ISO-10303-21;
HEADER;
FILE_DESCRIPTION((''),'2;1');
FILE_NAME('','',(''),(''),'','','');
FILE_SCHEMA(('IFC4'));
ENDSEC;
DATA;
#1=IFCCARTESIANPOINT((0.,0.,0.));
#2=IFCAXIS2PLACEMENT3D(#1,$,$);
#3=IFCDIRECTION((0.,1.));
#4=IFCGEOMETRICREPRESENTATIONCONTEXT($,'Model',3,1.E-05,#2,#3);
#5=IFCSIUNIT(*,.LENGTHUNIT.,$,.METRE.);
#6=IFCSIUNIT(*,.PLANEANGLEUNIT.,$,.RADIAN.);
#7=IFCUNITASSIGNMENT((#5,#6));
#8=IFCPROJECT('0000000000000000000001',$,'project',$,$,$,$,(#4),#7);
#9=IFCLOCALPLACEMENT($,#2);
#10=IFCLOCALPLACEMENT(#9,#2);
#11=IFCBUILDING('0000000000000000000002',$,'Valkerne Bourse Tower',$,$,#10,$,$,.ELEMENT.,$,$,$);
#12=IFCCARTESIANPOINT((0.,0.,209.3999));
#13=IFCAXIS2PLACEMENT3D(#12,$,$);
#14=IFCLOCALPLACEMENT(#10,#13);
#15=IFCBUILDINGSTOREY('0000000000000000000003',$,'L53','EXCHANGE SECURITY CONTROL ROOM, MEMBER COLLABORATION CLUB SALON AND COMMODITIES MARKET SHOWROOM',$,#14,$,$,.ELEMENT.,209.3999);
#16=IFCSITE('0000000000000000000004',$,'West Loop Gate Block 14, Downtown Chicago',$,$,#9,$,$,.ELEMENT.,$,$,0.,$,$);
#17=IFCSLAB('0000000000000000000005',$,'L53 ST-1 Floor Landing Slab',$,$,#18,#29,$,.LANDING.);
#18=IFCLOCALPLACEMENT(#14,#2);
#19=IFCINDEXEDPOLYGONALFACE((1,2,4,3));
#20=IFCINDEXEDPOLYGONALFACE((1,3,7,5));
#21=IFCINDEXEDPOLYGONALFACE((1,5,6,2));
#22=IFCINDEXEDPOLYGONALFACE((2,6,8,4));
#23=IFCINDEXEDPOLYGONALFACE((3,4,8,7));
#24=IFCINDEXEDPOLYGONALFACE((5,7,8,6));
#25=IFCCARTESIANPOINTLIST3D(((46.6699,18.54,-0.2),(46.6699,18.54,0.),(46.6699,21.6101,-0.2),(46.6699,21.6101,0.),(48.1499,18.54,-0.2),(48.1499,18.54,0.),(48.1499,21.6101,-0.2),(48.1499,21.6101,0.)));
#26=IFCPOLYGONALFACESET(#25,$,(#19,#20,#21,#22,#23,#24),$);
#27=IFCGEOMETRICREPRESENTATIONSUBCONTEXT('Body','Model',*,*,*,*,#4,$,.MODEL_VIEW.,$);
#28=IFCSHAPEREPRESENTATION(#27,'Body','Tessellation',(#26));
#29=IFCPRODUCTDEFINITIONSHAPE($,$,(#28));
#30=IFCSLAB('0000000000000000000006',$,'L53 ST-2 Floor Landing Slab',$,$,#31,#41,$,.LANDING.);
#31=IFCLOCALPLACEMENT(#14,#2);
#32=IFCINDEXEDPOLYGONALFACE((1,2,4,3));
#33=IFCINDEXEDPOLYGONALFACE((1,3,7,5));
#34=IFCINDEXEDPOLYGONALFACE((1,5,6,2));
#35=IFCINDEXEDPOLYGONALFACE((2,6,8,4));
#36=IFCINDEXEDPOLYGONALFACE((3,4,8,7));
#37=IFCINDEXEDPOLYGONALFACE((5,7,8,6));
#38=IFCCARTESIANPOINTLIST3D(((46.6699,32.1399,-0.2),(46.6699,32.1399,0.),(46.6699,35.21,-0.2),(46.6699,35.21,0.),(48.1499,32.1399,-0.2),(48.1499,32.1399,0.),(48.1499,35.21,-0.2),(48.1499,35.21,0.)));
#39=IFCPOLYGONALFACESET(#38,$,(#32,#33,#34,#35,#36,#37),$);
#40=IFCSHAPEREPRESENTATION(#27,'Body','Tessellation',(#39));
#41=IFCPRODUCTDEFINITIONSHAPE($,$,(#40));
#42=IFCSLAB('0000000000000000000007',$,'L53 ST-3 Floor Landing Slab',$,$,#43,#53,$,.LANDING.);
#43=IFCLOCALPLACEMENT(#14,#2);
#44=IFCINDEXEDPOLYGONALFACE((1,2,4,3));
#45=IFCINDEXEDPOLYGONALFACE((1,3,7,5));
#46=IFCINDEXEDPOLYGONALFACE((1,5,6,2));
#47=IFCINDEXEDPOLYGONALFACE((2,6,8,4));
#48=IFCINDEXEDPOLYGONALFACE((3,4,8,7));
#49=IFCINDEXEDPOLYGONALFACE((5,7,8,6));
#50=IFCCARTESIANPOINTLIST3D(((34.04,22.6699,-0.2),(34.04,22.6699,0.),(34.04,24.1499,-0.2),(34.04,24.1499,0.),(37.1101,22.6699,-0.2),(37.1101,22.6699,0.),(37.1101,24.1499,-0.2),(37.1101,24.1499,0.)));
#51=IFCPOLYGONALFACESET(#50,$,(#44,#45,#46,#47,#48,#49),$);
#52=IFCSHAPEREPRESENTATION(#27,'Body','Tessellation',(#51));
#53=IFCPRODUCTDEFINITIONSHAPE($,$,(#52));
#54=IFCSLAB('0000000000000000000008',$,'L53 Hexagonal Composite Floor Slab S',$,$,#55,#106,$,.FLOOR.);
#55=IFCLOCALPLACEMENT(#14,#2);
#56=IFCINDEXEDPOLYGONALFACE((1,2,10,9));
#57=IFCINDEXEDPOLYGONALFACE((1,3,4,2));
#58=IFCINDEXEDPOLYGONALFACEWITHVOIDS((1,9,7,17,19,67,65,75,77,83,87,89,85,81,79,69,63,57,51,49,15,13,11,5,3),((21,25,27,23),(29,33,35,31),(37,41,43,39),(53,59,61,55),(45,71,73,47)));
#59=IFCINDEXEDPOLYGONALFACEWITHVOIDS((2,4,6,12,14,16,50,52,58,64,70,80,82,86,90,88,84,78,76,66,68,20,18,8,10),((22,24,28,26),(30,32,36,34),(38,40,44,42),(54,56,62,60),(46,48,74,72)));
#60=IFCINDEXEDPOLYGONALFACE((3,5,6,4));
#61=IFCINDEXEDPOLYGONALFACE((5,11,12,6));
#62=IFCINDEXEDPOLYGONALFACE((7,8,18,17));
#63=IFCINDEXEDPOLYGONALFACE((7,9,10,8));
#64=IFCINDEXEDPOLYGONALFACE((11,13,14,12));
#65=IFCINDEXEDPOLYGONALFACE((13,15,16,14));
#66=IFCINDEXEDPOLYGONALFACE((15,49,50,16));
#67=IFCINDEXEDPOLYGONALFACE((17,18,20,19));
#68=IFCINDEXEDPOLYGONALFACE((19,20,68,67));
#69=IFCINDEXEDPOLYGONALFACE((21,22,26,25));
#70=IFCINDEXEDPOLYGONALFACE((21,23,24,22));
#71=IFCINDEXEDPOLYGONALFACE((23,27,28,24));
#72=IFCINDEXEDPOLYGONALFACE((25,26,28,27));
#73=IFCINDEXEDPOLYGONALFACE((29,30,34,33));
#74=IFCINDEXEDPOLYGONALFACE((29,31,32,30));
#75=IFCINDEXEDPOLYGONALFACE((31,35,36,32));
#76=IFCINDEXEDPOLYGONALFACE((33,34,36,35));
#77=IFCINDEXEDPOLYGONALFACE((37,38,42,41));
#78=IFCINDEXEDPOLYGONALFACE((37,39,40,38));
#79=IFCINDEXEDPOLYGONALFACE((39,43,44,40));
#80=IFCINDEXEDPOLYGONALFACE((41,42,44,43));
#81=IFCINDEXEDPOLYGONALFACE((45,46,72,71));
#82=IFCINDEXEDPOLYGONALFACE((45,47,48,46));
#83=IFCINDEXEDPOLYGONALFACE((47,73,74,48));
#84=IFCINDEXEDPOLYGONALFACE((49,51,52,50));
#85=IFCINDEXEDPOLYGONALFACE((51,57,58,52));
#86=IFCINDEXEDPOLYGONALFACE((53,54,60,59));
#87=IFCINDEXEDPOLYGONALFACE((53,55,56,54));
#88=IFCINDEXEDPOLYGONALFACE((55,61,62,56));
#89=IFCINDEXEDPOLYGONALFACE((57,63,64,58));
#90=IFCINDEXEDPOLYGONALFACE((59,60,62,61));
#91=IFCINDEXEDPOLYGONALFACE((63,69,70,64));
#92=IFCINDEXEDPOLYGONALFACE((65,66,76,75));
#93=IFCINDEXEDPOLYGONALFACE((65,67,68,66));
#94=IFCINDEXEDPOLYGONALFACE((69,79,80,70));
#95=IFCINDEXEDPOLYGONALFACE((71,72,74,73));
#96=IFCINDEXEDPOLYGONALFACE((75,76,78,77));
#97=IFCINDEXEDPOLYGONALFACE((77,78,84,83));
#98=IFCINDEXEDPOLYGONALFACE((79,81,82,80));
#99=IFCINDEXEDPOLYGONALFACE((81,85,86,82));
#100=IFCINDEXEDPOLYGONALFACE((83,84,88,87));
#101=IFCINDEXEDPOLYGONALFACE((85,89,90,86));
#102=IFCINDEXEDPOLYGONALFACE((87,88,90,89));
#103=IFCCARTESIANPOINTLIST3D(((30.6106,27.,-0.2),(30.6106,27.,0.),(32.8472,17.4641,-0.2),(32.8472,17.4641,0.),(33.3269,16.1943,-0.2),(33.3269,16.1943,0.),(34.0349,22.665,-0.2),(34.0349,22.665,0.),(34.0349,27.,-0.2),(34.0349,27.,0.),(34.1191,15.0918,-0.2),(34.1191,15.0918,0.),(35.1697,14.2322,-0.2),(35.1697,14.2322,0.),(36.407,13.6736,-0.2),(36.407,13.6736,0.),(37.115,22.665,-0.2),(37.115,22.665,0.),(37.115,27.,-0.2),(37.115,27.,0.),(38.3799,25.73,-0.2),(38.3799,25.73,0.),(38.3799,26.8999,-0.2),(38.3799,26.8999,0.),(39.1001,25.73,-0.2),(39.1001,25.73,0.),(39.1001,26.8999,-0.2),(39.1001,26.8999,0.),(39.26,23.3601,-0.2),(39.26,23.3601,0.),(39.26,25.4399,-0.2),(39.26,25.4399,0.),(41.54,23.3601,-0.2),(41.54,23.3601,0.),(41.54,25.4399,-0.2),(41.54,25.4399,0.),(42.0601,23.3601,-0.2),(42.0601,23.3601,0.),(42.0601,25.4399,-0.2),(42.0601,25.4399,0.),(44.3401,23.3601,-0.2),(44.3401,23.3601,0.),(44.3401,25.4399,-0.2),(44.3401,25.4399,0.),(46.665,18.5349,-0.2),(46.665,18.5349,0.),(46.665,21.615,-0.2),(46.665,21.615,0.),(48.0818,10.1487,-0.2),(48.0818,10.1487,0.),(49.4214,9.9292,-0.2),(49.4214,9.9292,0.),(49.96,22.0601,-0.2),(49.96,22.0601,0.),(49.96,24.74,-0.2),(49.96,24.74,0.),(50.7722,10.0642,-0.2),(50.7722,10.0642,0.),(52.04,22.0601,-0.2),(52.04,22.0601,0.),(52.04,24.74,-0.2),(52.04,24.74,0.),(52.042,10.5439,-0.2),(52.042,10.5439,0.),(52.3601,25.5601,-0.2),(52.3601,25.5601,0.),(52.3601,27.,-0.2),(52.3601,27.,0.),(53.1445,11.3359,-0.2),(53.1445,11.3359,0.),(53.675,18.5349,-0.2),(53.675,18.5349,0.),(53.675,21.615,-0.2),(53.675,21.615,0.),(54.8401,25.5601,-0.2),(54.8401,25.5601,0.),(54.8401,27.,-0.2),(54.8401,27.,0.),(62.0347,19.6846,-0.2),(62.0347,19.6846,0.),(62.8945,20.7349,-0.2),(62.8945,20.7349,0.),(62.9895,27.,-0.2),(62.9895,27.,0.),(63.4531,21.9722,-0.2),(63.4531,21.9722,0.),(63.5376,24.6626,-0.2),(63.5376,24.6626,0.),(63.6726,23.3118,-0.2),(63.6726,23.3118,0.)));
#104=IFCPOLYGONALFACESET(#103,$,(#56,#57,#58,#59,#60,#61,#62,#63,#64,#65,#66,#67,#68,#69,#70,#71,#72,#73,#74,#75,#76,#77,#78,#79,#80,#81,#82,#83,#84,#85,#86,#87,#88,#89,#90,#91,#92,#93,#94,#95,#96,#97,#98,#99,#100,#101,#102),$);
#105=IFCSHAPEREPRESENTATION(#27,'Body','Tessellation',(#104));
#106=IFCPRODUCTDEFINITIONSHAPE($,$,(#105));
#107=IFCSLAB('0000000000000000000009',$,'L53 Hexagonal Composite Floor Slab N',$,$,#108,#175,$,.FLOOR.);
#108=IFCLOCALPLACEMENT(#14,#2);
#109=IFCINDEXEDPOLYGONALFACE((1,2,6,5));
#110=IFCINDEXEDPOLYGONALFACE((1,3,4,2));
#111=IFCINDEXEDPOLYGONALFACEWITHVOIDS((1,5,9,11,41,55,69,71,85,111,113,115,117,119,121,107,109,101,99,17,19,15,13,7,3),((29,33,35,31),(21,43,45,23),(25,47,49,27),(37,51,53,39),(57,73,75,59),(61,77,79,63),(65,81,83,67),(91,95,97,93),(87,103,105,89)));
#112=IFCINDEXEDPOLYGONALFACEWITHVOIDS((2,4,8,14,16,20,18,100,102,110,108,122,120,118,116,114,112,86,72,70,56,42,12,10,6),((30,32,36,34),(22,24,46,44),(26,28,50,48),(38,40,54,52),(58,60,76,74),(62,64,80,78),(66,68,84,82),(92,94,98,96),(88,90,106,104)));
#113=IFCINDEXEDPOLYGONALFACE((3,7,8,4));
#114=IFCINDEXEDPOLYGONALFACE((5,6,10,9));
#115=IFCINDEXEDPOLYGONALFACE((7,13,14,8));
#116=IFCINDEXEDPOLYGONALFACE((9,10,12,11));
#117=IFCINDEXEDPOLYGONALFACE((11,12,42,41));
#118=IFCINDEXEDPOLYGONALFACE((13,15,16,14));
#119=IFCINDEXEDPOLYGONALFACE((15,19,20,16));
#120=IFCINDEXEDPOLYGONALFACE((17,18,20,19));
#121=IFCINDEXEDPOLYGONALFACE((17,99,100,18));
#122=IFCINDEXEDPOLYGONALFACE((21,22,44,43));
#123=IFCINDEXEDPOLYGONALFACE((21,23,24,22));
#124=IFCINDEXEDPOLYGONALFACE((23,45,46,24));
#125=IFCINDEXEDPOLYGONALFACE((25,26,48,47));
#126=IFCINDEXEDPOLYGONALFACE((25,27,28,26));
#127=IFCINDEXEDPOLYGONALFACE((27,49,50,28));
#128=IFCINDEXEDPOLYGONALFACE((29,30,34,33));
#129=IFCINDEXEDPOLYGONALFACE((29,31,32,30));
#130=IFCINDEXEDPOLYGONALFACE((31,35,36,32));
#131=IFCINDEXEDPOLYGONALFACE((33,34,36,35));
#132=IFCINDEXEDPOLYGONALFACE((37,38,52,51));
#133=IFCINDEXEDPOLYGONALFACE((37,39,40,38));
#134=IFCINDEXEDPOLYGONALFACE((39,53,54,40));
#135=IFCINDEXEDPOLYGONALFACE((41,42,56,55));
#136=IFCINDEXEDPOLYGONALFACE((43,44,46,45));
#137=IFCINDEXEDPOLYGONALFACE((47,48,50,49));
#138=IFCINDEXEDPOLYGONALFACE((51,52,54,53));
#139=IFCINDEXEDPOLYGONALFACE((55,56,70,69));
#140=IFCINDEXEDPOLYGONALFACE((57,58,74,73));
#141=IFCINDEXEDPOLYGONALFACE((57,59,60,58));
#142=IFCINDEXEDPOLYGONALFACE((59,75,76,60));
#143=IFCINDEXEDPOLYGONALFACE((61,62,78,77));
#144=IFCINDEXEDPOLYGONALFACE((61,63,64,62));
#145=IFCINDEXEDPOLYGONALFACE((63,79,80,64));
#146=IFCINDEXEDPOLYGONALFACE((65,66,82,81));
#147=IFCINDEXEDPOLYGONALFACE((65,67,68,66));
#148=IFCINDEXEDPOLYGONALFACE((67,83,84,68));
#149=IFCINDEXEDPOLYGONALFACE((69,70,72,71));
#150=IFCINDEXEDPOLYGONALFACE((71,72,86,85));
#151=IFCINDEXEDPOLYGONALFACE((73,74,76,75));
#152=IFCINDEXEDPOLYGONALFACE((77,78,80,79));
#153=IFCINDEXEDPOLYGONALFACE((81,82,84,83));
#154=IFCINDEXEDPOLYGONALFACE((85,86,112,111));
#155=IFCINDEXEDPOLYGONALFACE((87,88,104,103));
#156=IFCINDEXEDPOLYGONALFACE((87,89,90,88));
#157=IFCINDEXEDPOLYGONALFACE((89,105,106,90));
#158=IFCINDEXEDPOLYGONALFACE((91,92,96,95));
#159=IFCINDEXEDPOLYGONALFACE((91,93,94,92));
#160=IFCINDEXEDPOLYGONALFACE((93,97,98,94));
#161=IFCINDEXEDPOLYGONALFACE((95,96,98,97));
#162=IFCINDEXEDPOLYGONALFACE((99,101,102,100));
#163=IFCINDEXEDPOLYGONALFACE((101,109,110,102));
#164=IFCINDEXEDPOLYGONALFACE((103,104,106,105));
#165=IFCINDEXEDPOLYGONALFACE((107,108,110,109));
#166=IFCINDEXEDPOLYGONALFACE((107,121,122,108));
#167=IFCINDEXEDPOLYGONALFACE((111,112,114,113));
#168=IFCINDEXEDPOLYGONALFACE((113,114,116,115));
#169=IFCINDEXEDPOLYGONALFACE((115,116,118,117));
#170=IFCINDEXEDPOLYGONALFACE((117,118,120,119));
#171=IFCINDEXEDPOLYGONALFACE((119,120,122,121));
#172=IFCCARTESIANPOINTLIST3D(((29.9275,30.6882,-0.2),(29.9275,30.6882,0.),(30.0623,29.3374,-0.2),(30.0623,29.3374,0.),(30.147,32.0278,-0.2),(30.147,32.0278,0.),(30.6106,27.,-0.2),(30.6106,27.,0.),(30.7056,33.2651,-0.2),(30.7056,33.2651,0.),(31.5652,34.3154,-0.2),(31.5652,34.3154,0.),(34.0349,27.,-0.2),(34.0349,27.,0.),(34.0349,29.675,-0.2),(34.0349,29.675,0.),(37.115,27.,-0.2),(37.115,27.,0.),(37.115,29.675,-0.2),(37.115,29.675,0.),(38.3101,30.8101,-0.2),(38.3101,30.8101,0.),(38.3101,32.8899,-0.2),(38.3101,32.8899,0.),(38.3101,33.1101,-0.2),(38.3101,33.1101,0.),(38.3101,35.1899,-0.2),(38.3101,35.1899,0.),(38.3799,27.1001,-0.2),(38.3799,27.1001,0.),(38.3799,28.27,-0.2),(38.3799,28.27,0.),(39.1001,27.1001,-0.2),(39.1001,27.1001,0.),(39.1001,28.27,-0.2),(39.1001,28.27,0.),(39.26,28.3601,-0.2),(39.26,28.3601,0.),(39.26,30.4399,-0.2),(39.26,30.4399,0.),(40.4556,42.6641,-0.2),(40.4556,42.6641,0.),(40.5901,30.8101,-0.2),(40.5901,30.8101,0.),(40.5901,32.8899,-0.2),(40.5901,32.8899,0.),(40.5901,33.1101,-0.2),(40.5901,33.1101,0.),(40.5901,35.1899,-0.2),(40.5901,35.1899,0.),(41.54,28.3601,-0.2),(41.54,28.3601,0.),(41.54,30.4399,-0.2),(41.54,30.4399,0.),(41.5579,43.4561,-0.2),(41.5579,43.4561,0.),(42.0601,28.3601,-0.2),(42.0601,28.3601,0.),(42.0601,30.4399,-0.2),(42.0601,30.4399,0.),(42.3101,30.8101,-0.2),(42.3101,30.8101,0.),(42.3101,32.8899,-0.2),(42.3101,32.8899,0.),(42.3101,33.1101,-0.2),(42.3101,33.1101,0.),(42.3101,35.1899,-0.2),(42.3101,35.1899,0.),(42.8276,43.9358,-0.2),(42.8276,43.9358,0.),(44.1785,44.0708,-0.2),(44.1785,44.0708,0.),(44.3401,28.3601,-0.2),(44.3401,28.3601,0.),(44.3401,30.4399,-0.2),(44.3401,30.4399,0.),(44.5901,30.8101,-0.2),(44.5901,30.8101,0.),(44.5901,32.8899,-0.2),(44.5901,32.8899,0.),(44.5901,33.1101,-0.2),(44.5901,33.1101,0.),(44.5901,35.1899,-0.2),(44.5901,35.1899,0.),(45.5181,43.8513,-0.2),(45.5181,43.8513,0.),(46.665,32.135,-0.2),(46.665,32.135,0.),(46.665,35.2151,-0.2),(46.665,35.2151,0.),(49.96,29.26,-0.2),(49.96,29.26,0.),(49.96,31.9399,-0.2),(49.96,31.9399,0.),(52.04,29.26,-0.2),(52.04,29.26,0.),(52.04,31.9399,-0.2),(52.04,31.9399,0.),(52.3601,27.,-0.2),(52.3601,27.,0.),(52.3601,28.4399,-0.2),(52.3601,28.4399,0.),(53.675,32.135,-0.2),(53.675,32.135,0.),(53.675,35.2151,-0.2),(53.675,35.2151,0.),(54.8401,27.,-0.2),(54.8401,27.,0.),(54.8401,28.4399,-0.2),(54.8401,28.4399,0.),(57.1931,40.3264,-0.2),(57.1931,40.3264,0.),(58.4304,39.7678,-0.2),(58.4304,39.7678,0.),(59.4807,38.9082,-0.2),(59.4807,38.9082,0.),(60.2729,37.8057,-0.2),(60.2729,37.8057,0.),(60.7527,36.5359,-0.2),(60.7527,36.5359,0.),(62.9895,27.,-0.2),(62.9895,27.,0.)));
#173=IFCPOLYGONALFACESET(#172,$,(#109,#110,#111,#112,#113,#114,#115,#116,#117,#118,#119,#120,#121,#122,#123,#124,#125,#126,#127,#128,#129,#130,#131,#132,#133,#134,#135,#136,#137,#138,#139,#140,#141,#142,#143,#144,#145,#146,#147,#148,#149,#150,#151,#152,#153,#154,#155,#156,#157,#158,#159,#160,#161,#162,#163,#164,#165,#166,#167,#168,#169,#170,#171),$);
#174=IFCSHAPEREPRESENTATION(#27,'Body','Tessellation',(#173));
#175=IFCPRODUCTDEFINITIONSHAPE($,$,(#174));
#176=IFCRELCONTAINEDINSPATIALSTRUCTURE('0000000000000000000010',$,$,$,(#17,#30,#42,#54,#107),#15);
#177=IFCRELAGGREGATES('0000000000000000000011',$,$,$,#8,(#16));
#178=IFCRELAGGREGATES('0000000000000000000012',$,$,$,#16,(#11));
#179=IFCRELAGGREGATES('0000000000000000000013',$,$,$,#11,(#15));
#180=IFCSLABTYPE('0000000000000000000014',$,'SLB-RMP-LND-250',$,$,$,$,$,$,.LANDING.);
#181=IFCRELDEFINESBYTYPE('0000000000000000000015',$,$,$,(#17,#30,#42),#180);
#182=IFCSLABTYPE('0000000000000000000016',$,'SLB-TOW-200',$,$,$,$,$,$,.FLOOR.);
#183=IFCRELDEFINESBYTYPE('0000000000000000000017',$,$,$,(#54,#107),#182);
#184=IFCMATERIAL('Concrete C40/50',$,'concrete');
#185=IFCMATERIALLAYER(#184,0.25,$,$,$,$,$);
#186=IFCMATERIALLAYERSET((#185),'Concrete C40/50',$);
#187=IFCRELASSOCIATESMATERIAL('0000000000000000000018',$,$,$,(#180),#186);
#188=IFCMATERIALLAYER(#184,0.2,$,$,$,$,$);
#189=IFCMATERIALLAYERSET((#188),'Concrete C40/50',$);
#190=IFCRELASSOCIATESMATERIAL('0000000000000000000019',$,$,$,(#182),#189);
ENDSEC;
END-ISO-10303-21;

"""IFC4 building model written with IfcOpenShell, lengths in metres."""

from ifc_helpers import new_model, si_unit, direction, frame, origin, place, context, subcontext, project, spatial, polyline, outline, extrude, material, layer, layer_set, type_object, element, save


model = new_model("IFC4")

# Units and contexts
model_context = context("Model", 3, precision=1e-05, world=origin(), true_north=direction((0.0, 1.0)))
body_context = subcontext(model_context, "Body", "Model", "MODEL_VIEW")
ifc_project = project(units=[si_unit("LENGTHUNIT", "METRE"), si_unit("PLANEANGLEUNIT", "RADIAN")], contexts=[model_context])

# Site, building, storey
site_placement = place(None, origin())
site = spatial("IfcSite", under=ifc_project, at=site_placement, Name="West Loop Gate Block 14, Downtown Chicago", CompositionType="ELEMENT", RefElevation=0.0)
building_placement = place(site_placement, origin())
building = spatial("IfcBuilding", under=site, at=building_placement, Name="Valkerne Bourse Tower", CompositionType="ELEMENT")
storey_placement = place(building_placement, frame((0.0, 0.0, 209.3999)))
storey = spatial("IfcBuildingStorey", under=building, at=storey_placement, Name="L53", Description="EXCHANGE SECURITY CONTROL ROOM, MEMBER COLLABORATION CLUB SALON AND COMMODITIES MARKET SHOWROOM", CompositionType="ELEMENT", Elevation=209.3999)

# Slabs
ifc_material_1 = material(Name="Concrete C40/50", Category="concrete")
ifc_layer_1 = layer(ifc_material_1, 0.25)
ifc_layer_set_1 = layer_set([ifc_layer_1], Name="Concrete C40/50")
slab_type_1 = type_object("IfcSlabType", Name="SLB-RMP-LND-250", PredefinedType="LANDING", material=ifc_layer_set_1)
slab_1_placement = place(storey_placement, frame((0.0, 0.0, -0.2)))
element("IfcSlab", 1, at=slab_1_placement, inside=storey, type_object=slab_type_1, Name="L53 ST-1 Floor Landing Slab", PredefinedType="LANDING", context=body_context, shape_type="SweptSolid", body=[
    extrude(outline(polyline([(46.6699, 18.54), (48.1499, 18.54), (48.1499, 21.6101), (46.6699, 21.6101), (46.6699, 18.54)])), origin(), (0.0, 0.0, 1.0), 0.2),
])
slab_2_placement = place(storey_placement, frame((0.0, 0.0, -0.2)))
element("IfcSlab", 2, at=slab_2_placement, inside=storey, type_object=slab_type_1, Name="L53 ST-2 Floor Landing Slab", PredefinedType="LANDING", context=body_context, shape_type="SweptSolid", body=[
    extrude(outline(polyline([(46.6699, 32.1399), (48.1499, 32.1399), (48.1499, 35.21), (46.6699, 35.21), (46.6699, 32.1399)])), origin(), (0.0, 0.0, 1.0), 0.2),
])
slab_3_placement = place(storey_placement, frame((0.0, 0.0, -0.2)))
element("IfcSlab", 3, at=slab_3_placement, inside=storey, type_object=slab_type_1, Name="L53 ST-3 Floor Landing Slab", PredefinedType="LANDING", context=body_context, shape_type="SweptSolid", body=[
    extrude(outline(polyline([(37.1101, 22.6699), (37.1101, 24.1499), (34.04, 24.1499), (34.04, 22.6699), (37.1101, 22.6699)])), origin(), (0.0, 0.0, 1.0), 0.2),
])
ifc_layer_2 = layer(ifc_material_1, 0.2)
ifc_layer_set_2 = layer_set([ifc_layer_2], Name="Concrete C40/50")
slab_type_2 = type_object("IfcSlabType", Name="SLB-TOW-200", PredefinedType="FLOOR", material=ifc_layer_set_2)
slab_4_placement = place(storey_placement, frame((0.0, 0.0, -0.2)))
element("IfcSlab", 4, at=slab_4_placement, inside=storey, type_object=slab_type_2, Name="L53 Hexagonal Composite Floor Slab S", PredefinedType="FLOOR", context=body_context, shape_type="SweptSolid", body=[
    extrude(outline(polyline([(63.6726, 23.3118), (63.4531, 21.9722), (62.8945, 20.7349), (62.0347, 19.6846), (53.1445, 11.3359), (52.042, 10.5439), (50.7722, 10.0642), (49.4214, 9.9292), (48.0818, 10.1487), (36.407, 13.6736), (35.1697, 14.2322), (34.1191, 15.0918), (33.3269, 16.1943), (32.8472, 17.4641), (30.6106, 27.0), (34.0349, 27.0), (34.0349, 22.665), (37.115, 22.665), (37.115, 27.0), (52.3601, 27.0), (52.3601, 25.5601), (54.8401, 25.5601), (54.8401, 27.0), (62.9895, 27.0), (63.5376, 24.6626), (63.6726, 23.3118)]), holes=[polyline([(41.54, 25.4399), (39.26, 25.4399), (39.26, 23.3601), (41.54, 23.3601), (41.54, 25.4399)]), polyline([(44.3401, 25.4399), (42.0601, 25.4399), (42.0601, 23.3601), (44.3401, 23.3601), (44.3401, 25.4399)]), polyline([(39.1001, 26.8999), (38.3799, 26.8999), (38.3799, 25.73), (39.1001, 25.73), (39.1001, 26.8999)]), polyline([(53.675, 21.615), (46.665, 21.615), (46.665, 18.5349), (53.675, 18.5349), (53.675, 21.615)]), polyline([(52.04, 24.74), (49.96, 24.74), (49.96, 22.0601), (52.04, 22.0601), (52.04, 24.74)])]), origin(), (0.0, 0.0, 1.0), 0.2),
])
slab_5_placement = place(storey_placement, frame((0.0, 0.0, -0.2)))
element("IfcSlab", 5, at=slab_5_placement, inside=storey, type_object=slab_type_2, Name="L53 Hexagonal Composite Floor Slab N", PredefinedType="FLOOR", context=body_context, shape_type="SweptSolid", body=[
    extrude(outline(polyline([(30.0623, 29.3374), (29.9275, 30.6882), (30.147, 32.0278), (30.7056, 33.2651), (31.5652, 34.3154), (40.4556, 42.6641), (41.5579, 43.4561), (42.8276, 43.9358), (44.1785, 44.0708), (45.5181, 43.8513), (57.1931, 40.3264), (58.4304, 39.7678), (59.4807, 38.9082), (60.2729, 37.8057), (60.7527, 36.5359), (62.9895, 27.0), (54.8401, 27.0), (54.8401, 28.4399), (52.3601, 28.4399), (52.3601, 27.0), (37.115, 27.0), (37.115, 29.675), (34.0349, 29.675), (34.0349, 27.0), (30.6106, 27.0), (30.0623, 29.3374)]), holes=[polyline([(39.1001, 28.27), (38.3799, 28.27), (38.3799, 27.1001), (39.1001, 27.1001), (39.1001, 28.27)]), polyline([(41.54, 30.4399), (39.26, 30.4399), (39.26, 28.3601), (41.54, 28.3601), (41.54, 30.4399)]), polyline([(40.5901, 32.8899), (38.3101, 32.8899), (38.3101, 30.8101), (40.5901, 30.8101), (40.5901, 32.8899)]), polyline([(40.5901, 35.1899), (38.3101, 35.1899), (38.3101, 33.1101), (40.5901, 33.1101), (40.5901, 35.1899)]), polyline([(44.3401, 30.4399), (42.0601, 30.4399), (42.0601, 28.3601), (44.3401, 28.3601), (44.3401, 30.4399)]), polyline([(52.04, 31.9399), (49.96, 31.9399), (49.96, 29.26), (52.04, 29.26), (52.04, 31.9399)]), polyline([(44.5901, 32.8899), (42.3101, 32.8899), (42.3101, 30.8101), (44.5901, 30.8101), (44.5901, 32.8899)]), polyline([(53.675, 35.2151), (46.665, 35.2151), (46.665, 32.135), (53.675, 32.135), (53.675, 35.2151)]), polyline([(44.5901, 35.1899), (42.3101, 35.1899), (42.3101, 33.1101), (44.5901, 33.1101), (44.5901, 35.1899)])]), origin(), (0.0, 0.0, 1.0), 0.2),
])

save(model, "model.ifc")
